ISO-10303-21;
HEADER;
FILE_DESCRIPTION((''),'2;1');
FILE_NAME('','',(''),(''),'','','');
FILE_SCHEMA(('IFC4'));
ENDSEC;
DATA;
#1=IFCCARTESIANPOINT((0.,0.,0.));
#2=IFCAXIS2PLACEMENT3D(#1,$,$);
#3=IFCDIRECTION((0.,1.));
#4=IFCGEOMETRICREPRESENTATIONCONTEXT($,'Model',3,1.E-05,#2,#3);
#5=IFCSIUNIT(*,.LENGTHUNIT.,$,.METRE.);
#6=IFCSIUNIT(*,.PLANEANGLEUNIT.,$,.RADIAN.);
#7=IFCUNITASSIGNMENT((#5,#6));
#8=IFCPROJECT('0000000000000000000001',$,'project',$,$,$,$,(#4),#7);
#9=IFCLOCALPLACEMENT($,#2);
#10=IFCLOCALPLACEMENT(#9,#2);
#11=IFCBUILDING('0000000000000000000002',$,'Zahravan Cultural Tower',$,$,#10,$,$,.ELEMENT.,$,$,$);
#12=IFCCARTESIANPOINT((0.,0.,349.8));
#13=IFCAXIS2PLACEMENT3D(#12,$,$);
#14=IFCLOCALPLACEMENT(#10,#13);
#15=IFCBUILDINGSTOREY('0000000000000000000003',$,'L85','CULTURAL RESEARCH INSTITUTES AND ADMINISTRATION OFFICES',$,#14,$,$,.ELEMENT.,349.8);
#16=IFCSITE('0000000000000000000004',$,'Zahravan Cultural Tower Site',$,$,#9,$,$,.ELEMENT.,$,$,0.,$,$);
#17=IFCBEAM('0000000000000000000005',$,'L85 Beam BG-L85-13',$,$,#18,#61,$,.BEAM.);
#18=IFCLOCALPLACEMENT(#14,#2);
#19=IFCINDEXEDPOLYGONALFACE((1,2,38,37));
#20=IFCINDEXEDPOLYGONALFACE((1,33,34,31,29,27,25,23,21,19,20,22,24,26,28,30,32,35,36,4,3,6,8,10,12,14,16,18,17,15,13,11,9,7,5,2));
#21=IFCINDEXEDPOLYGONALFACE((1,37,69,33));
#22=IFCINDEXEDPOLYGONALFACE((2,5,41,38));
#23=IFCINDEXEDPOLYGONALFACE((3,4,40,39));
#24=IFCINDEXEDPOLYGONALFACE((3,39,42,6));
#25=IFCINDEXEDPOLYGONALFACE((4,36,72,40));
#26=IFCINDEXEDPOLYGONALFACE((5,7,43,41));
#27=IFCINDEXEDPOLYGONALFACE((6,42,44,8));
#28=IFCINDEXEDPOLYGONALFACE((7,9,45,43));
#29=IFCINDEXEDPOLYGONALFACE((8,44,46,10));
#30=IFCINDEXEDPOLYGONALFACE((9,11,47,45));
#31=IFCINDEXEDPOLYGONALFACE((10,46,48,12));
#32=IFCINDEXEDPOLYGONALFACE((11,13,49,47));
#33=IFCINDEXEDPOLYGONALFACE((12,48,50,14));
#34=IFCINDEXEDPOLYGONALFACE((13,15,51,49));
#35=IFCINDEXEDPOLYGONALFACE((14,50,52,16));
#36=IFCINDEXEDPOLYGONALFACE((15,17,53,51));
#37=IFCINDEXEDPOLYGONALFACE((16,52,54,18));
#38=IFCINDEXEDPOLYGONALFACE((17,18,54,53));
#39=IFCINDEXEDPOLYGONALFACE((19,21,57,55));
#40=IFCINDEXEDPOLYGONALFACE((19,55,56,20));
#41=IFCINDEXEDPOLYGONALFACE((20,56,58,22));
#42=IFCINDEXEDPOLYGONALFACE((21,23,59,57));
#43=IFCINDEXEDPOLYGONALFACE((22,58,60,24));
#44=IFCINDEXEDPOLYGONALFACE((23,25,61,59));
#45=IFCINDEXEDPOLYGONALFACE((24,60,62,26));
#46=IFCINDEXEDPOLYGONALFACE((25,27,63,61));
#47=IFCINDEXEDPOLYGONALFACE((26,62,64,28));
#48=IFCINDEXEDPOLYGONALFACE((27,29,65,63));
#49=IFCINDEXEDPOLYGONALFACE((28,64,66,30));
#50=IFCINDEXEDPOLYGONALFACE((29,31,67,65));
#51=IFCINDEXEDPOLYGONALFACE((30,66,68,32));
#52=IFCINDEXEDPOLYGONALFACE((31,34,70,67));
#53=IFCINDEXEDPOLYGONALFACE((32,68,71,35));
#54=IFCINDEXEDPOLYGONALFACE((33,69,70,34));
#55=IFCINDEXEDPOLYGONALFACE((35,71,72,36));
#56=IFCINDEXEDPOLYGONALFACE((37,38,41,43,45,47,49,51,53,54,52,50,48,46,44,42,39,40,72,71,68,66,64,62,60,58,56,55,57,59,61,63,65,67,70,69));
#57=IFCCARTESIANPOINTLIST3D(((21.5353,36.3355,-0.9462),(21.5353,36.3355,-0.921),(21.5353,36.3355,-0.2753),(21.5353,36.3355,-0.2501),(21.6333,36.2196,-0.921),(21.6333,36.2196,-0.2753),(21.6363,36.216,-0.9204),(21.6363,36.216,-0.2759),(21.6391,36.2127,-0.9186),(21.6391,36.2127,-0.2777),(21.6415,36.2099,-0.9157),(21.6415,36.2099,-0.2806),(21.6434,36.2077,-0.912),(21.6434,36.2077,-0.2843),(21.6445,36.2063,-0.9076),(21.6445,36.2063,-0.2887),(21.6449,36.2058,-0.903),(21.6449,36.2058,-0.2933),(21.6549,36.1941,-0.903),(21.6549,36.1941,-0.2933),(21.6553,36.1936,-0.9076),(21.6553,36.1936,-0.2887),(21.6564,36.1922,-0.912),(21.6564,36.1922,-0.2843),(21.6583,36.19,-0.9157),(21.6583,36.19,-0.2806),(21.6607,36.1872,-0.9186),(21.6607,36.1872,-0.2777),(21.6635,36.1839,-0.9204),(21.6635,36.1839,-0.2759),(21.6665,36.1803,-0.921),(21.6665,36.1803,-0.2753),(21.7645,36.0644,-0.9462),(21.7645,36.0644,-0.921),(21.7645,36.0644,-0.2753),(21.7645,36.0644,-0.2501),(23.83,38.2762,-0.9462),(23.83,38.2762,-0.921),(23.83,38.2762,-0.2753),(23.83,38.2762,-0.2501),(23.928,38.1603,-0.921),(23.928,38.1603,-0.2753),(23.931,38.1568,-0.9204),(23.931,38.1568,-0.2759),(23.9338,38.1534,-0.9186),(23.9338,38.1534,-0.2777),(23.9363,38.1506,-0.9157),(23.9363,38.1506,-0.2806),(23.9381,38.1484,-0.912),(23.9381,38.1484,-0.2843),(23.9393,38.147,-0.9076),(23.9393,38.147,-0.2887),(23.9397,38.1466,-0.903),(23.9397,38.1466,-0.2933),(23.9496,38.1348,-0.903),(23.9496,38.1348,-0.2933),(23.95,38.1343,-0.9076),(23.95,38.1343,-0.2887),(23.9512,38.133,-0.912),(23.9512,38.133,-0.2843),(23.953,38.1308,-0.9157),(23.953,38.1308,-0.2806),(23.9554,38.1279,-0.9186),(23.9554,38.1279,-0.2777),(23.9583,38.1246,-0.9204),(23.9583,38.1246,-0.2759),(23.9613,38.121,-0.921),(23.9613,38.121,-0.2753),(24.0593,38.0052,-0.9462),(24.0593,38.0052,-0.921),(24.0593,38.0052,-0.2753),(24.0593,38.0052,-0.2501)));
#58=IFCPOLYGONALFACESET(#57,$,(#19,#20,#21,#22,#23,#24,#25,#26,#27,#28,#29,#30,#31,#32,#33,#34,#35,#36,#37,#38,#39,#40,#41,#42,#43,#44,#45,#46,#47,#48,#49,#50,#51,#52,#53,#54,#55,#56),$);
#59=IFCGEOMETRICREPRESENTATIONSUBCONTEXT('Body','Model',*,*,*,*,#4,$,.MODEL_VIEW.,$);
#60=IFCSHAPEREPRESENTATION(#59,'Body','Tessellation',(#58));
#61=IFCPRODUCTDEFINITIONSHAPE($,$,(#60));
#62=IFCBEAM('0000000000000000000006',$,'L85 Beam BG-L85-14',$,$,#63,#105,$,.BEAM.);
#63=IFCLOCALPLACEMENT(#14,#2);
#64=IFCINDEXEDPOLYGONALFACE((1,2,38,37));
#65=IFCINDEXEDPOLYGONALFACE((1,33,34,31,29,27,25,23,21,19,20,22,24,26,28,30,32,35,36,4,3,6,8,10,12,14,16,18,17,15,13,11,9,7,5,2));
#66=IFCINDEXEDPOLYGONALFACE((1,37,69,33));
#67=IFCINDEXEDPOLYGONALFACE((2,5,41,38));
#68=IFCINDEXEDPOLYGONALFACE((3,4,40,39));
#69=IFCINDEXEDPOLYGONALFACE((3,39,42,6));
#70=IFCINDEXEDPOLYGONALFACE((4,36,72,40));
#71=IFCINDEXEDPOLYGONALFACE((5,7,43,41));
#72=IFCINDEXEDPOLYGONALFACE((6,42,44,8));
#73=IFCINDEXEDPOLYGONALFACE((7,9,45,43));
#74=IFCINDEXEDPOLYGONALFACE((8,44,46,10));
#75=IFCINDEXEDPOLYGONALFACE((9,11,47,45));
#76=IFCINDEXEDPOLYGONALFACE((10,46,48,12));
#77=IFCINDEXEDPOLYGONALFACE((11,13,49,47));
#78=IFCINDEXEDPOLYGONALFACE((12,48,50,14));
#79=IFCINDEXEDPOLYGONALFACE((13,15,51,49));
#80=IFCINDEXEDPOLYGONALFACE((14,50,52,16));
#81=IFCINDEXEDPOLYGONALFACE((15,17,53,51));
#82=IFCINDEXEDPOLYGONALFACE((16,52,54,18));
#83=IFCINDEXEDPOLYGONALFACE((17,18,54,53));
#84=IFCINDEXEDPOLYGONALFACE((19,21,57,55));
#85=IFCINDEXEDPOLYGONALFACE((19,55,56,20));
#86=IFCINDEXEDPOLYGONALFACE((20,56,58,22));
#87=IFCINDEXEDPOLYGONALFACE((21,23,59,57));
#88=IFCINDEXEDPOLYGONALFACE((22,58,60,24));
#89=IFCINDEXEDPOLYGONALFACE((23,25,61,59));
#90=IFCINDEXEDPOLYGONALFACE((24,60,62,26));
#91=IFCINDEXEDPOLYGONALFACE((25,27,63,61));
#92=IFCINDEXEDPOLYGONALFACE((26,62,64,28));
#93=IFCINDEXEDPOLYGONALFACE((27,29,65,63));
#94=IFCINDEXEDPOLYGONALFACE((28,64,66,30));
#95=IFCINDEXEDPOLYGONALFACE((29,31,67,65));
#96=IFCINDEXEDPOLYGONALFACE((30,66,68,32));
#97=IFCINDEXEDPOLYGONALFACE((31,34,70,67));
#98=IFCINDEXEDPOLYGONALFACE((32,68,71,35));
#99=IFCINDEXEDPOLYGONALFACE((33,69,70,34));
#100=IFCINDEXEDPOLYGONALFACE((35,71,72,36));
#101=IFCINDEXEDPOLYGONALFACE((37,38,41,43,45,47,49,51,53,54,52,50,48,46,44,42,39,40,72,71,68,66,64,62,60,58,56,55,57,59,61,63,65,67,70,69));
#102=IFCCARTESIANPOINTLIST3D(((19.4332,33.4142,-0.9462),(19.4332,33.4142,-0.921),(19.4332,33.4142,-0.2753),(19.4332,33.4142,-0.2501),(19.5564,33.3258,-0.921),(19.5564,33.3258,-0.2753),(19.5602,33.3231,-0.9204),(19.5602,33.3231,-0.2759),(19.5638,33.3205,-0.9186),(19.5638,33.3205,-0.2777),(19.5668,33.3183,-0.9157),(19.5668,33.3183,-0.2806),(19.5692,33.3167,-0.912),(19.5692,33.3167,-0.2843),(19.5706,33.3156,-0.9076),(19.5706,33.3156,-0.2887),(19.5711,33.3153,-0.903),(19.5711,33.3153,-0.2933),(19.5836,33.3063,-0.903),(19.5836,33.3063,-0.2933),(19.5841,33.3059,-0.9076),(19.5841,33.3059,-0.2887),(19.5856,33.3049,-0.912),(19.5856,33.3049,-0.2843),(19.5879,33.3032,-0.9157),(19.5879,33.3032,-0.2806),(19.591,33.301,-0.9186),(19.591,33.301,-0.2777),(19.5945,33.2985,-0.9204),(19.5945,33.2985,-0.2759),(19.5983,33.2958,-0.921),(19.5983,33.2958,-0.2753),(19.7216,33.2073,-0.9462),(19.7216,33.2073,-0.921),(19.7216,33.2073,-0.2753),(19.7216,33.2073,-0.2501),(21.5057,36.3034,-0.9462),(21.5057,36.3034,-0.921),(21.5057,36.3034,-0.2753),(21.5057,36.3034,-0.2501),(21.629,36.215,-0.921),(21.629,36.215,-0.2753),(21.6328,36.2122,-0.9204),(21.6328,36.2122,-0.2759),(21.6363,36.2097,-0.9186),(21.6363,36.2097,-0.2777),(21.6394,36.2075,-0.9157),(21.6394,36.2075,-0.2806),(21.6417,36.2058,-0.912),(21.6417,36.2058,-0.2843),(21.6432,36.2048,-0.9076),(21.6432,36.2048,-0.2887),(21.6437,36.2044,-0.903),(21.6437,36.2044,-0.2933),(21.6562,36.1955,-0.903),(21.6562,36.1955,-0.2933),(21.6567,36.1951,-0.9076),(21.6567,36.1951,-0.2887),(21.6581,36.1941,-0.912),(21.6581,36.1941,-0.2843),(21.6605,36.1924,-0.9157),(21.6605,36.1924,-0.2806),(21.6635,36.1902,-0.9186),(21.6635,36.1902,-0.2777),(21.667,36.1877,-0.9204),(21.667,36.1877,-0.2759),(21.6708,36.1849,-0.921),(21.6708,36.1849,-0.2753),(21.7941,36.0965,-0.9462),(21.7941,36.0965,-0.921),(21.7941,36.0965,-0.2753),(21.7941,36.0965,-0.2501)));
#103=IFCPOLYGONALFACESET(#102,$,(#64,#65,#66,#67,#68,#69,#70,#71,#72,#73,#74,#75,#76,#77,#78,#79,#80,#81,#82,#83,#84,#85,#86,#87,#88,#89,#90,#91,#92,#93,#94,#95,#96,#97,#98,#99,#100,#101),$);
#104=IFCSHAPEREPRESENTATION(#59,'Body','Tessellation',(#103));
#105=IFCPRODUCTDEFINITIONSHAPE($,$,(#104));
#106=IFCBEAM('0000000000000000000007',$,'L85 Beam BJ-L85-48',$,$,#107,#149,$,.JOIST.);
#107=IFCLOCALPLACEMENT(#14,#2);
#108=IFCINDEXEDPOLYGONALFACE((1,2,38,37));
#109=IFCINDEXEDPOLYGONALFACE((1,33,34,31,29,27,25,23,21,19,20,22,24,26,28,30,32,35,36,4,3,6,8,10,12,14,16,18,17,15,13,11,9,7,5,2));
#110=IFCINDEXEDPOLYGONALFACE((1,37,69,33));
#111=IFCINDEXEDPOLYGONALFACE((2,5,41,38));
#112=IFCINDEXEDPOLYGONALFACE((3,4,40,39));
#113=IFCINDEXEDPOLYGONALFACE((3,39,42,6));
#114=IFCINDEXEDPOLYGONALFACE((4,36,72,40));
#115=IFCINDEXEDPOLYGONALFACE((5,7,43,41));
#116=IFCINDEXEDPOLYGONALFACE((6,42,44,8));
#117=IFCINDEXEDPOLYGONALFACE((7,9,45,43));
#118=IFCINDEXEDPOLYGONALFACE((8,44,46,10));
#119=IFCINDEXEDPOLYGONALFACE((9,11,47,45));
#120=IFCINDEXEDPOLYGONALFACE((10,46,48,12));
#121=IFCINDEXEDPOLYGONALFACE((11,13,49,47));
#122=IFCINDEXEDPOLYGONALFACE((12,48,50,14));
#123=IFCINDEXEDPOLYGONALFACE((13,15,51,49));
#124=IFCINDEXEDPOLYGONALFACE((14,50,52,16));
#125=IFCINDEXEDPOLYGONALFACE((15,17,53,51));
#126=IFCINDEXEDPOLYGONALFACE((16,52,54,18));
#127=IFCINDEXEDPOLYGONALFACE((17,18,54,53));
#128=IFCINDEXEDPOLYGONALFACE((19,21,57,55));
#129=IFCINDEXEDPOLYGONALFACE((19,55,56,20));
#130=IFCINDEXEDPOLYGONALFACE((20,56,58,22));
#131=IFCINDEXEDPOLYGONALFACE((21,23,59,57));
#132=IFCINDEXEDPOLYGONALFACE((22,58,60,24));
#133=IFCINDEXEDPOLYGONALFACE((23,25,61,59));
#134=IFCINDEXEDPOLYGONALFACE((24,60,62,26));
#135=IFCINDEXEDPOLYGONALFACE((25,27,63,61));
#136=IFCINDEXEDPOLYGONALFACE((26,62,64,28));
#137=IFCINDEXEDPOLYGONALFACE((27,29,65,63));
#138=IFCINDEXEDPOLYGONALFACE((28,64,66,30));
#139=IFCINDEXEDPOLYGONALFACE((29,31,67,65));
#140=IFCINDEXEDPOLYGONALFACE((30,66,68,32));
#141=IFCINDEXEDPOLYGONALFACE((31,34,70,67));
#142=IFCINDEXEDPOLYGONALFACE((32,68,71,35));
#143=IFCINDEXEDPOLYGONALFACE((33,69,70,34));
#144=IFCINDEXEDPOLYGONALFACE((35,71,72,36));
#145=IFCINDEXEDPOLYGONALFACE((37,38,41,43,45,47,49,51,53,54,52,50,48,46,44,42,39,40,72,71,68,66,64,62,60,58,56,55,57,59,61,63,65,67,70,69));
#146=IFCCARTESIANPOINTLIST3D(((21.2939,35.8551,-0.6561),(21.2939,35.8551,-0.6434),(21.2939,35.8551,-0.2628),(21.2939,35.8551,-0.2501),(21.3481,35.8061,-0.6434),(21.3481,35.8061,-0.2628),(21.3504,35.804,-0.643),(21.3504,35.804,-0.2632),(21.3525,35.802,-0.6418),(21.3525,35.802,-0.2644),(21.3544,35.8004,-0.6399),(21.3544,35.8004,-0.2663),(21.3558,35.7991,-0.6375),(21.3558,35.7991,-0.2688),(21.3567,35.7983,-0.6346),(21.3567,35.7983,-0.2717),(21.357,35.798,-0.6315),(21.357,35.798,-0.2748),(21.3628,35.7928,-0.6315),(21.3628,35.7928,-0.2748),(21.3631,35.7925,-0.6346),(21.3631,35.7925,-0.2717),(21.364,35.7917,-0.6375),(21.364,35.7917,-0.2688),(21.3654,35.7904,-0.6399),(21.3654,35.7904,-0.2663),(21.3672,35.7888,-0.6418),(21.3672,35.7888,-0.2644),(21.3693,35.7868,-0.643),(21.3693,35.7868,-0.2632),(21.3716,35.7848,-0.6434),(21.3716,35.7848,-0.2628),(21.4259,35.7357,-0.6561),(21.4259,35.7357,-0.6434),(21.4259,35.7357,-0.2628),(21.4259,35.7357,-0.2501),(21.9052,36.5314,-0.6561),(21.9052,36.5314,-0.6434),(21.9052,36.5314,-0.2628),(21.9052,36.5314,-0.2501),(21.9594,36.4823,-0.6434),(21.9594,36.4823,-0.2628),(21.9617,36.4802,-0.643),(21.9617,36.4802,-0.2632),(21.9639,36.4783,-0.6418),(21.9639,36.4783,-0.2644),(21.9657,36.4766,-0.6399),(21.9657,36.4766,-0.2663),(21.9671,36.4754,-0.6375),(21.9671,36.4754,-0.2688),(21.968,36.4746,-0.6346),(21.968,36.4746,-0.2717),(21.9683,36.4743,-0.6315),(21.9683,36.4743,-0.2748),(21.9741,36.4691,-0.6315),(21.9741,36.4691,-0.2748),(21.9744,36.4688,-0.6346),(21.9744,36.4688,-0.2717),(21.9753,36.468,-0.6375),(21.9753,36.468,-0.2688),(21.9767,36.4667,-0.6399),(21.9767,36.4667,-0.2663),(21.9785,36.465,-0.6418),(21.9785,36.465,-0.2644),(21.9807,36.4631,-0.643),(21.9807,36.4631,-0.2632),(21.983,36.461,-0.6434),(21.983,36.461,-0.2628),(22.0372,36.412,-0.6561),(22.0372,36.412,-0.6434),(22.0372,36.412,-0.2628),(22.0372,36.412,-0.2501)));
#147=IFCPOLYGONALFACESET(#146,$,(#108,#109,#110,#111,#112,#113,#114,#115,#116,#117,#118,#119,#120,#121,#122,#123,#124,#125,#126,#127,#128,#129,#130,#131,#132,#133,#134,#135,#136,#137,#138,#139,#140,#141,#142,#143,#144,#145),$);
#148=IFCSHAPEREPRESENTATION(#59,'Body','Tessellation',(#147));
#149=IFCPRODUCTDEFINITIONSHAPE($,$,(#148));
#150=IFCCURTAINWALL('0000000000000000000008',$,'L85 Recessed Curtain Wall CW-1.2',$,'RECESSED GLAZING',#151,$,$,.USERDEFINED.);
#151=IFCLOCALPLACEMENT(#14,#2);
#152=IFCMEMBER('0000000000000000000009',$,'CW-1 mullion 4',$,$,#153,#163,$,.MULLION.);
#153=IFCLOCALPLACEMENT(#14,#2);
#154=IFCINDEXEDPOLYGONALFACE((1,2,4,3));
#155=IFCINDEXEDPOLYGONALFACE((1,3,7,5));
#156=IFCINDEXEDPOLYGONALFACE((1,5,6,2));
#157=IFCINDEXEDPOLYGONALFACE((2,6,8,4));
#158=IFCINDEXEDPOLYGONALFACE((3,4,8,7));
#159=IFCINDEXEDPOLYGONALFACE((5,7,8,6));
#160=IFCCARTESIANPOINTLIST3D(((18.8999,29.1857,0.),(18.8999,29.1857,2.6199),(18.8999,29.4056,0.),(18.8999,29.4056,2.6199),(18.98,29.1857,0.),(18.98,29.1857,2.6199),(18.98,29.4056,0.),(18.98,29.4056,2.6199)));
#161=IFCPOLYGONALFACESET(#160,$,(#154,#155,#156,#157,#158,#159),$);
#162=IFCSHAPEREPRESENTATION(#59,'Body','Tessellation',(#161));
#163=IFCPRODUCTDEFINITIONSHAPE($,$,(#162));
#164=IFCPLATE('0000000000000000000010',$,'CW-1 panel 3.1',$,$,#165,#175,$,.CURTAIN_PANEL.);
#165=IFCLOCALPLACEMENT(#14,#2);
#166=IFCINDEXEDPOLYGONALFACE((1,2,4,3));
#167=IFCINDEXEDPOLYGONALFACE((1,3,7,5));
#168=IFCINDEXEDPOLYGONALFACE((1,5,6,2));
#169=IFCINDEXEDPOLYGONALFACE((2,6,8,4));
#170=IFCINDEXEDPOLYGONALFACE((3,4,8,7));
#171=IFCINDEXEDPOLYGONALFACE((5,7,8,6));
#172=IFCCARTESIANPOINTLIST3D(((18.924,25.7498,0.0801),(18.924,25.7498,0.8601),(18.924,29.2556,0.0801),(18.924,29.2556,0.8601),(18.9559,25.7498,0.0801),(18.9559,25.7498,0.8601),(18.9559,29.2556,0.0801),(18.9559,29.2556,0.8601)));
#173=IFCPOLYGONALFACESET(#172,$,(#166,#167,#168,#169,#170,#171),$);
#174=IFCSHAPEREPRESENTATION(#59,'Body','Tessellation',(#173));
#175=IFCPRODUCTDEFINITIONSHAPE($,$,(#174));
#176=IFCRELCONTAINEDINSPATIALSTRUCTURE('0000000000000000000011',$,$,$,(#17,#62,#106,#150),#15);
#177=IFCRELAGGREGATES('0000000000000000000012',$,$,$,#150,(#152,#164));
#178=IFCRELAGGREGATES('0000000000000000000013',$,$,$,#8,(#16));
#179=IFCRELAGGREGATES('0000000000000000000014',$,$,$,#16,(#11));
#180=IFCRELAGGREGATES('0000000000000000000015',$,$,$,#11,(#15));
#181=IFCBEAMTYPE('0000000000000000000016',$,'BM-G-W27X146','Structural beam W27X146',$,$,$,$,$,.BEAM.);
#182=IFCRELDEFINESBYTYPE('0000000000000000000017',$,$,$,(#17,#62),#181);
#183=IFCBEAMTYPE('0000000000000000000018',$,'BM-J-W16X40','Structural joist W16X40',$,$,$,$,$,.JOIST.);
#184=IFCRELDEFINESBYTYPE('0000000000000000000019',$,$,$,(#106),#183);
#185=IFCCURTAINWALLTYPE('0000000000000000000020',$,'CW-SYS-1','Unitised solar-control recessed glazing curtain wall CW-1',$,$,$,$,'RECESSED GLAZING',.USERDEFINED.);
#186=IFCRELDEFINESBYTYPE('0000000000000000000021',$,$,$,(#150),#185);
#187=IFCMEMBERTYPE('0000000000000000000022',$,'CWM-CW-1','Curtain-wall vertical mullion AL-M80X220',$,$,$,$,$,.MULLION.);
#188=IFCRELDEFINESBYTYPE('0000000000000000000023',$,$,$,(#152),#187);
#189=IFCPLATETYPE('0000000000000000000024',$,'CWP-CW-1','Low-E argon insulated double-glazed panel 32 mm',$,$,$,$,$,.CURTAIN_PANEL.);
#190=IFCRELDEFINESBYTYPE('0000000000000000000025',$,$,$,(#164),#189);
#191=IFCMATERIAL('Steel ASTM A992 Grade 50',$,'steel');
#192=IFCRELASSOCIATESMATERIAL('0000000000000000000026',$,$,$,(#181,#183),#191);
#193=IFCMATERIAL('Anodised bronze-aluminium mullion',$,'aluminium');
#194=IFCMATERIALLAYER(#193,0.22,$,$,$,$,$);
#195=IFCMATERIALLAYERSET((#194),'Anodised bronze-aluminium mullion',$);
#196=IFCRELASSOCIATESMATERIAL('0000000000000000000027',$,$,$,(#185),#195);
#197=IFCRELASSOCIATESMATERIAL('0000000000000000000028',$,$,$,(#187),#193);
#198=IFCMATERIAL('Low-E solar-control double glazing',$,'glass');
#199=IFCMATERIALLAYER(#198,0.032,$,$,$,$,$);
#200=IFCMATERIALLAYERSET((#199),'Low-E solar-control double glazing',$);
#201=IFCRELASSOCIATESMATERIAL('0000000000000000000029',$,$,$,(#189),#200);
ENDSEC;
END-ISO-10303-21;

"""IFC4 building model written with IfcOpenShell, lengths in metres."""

from ifc_helpers import new_model, si_unit, direction, frame, origin, origin_2d, place, context, subcontext, project, spatial, rectangle, i_section, extrude, source, transform, mapped, material, layer, layer_set, material_profile, profile_set, type_object, element, aggregate, save


model = new_model("IFC4")

# Units and contexts
model_context = context("Model", 3, precision=1e-05, world=origin(), true_north=direction((0.0, 1.0)))
body_context = subcontext(model_context, "Body", "Model", "MODEL_VIEW")
ifc_project = project(units=[si_unit("LENGTHUNIT", "METRE"), si_unit("PLANEANGLEUNIT", "RADIAN")], contexts=[model_context])

# Site, building, storey
site_placement = place(None, origin())
site = spatial("IfcSite", under=ifc_project, at=site_placement, Name="Zahravan Cultural Tower Site", CompositionType="ELEMENT", RefElevation=0.0)
building_placement = place(site_placement, origin())
building = spatial("IfcBuilding", under=site, at=building_placement, Name="Zahravan Cultural Tower", CompositionType="ELEMENT")
storey_placement = place(building_placement, frame((0.0, 0.0, 349.8)))
storey = spatial("IfcBuildingStorey", under=building, at=storey_placement, Name="L85", Description="CULTURAL RESEARCH INSTITUTES AND ADMINISTRATION OFFICES", CompositionType="ELEMENT", Elevation=349.8)

# Shared definitions
ifc_material_1 = material(Name="Steel ASTM A992 Grade 50", Category="steel")

# Beams
ifc_material_profile_1 = material_profile(ifc_material_1, i_section(OverallWidth=0.355, OverallDepth=0.696, WebThickness=0.0154, FlangeThickness=0.0251, FilletRadius=0.0181, at=origin_2d()), Name="W27X146")
ifc_profile_set_1 = profile_set([ifc_material_profile_1], Name="Steel ASTM A992 Grade 50")
beam_type_1 = type_object("IfcBeamType", Name="BM-G-W27X146", Description="Structural beam W27X146", PredefinedType="BEAM", material=ifc_profile_set_1)
shared_shape_1 = source(origin(), body_context, "Body", "SweptSolid", [
    extrude(i_section(OverallWidth=0.355, OverallDepth=0.696, WebThickness=0.0154, FlangeThickness=0.0251, FilletRadius=0.0181, at=origin_2d()), origin(), (0.0, 0.0, 1.0), 3.0054),
])
beam_1_placement = place(storey_placement, frame((21.6499, 36.2, -0.5981), z_axis=(0.763546, 0.645753, 0.0), x_axis=(-0.645753, 0.763546, 0.0)))
element("IfcBeam", 1, at=beam_1_placement, inside=storey, type_object=beam_type_1, Name="L85 Beam BG-L85-13", PredefinedType="BEAM", context=body_context, shape_type="MappedRepresentation", body=[
    mapped(shared_shape_1, transform((0.0, 0.0, 0.0), x_axis=(1.0, 0.0, 0.0), y_axis=(0.0, 1.0, 0.0), z_axis=(0.0, 0.0, 1.0), scale=1.0)),
])
shared_shape_2 = source(origin(), body_context, "Body", "SweptSolid", [
    extrude(i_section(OverallWidth=0.355, OverallDepth=0.696, WebThickness=0.0154, FlangeThickness=0.0251, FilletRadius=0.0181, at=origin_2d()), origin(), (0.0, 0.0, 1.0), 3.5557),
])
beam_2_placement = place(storey_placement, frame((21.6499, 36.2, -0.5981), z_axis=(-0.58288, -0.812558, 0.0), x_axis=(0.812558, -0.58288, 0.0)))
element("IfcBeam", 2, at=beam_2_placement, inside=storey, type_object=beam_type_1, Name="L85 Beam BG-L85-14", PredefinedType="BEAM", context=body_context, shape_type="MappedRepresentation", body=[
    mapped(shared_shape_2, transform((0.0, 0.0, 0.0), x_axis=(1.0, 0.0, 0.0), y_axis=(0.0, 1.0, 0.0), z_axis=(0.0, 0.0, 1.0), scale=1.0)),
])
ifc_material_profile_2 = material_profile(ifc_material_1, i_section(OverallWidth=0.178, OverallDepth=0.406, WebThickness=0.0078, FlangeThickness=0.0127, FilletRadius=0.012, at=origin_2d()), Name="W16X40")
ifc_profile_set_2 = profile_set([ifc_material_profile_2], Name="Steel ASTM A992 Grade 50")
beam_type_2 = type_object("IfcBeamType", Name="BM-J-W16X40", Description="Structural joist W16X40", PredefinedType="JOIST", material=ifc_profile_set_2)
shared_shape_3 = source(origin(), body_context, "Body", "SweptSolid", [
    extrude(i_section(OverallWidth=0.178, OverallDepth=0.406, WebThickness=0.0078, FlangeThickness=0.0127, FilletRadius=0.012, at=origin_2d()), origin(), (0.0, 0.0, 1.0), 0.9116),
])
beam_3_placement = place(storey_placement, frame((21.9712, 36.4717, -0.4531), z_axis=(-0.670591, -0.741828, 0.0), x_axis=(0.741828, -0.670591, 0.0)))
element("IfcBeam", 3, at=beam_3_placement, inside=storey, type_object=beam_type_2, Name="L85 Beam BJ-L85-48", PredefinedType="JOIST", context=body_context, shape_type="MappedRepresentation", body=[
    mapped(shared_shape_3, transform((0.0, 0.0, 0.0), x_axis=(1.0, 0.0, 0.0), y_axis=(0.0, 1.0, 0.0), z_axis=(0.0, 0.0, 1.0), scale=1.0)),
])

# Curtain wall, member, plate
ifc_material_2 = material(Name="Anodised bronze-aluminium mullion", Category="aluminium")
ifc_layer_1 = layer(ifc_material_2, 0.22)
ifc_layer_set_1 = layer_set([ifc_layer_1], Name="Anodised bronze-aluminium mullion")
curtain_wall_type = type_object("IfcCurtainWallType", Name="CW-SYS-1", Description="Unitised solar-control recessed glazing curtain wall CW-1", ElementType="RECESSED GLAZING", PredefinedType="USERDEFINED", material=ifc_layer_set_1)
curtain_wall_placement = place(storey_placement, origin())
curtain_wall = element("IfcCurtainWall", 4, at=curtain_wall_placement, inside=storey, type_object=curtain_wall_type, Name="L85 Recessed Curtain Wall CW-1.2", ObjectType="RECESSED GLAZING", PredefinedType="USERDEFINED")
ifc_material_profile_3 = material_profile(ifc_material_2, rectangle(XDim=0.0801, YDim=0.22, at=origin_2d()), Name="AL-M80X220")
ifc_profile_set_3 = profile_set([ifc_material_profile_3], Name="Anodised bronze-aluminium mullion")
member_type = type_object("IfcMemberType", Name="CWM-CW-1", Description="Curtain-wall vertical mullion AL-M80X220", PredefinedType="MULLION", material=ifc_profile_set_3)
shared_shape_4 = source(origin(), body_context, "Body", "SweptSolid", [
    extrude(rectangle(XDim=0.0801, YDim=0.22, at=origin_2d()), origin(), (0.0, 0.0, 1.0), 2.6199),
])
member_placement = place(storey_placement, frame((18.9399, 29.2957, 0.0), z_axis=(0.0, 0.0, 1.0), x_axis=(-1.0, 0.0, 0.0)))
member = element("IfcMember", 5, at=member_placement, type_object=member_type, Name="CW-1 mullion 4", PredefinedType="MULLION", context=body_context, shape_type="MappedRepresentation", body=[
    mapped(shared_shape_4, transform((0.0, 0.0, 0.0), x_axis=(1.0, 0.0, 0.0), y_axis=(0.0, 1.0, 0.0), z_axis=(0.0, 0.0, 1.0), scale=1.0)),
])
ifc_material_3 = material(Name="Low-E solar-control double glazing", Category="glass")
ifc_layer_2 = layer(ifc_material_3, 0.032)
ifc_layer_set_2 = layer_set([ifc_layer_2], Name="Low-E solar-control double glazing")
plate_type = type_object("IfcPlateType", Name="CWP-CW-1", Description="Low-E argon insulated double-glazed panel 32 mm", PredefinedType="CURTAIN_PANEL", material=ifc_layer_set_2)
shared_shape_5 = source(origin(), body_context, "Body", "SweptSolid", [
    extrude(rectangle(XDim=3.5059, YDim=0.032, at=origin_2d()), origin(), (0.0, 0.0, 1.0), 0.78),
])
plate_1_placement = place(storey_placement, frame((18.9399, 27.5027, 0.0801), z_axis=(0.0, 0.0, 1.0), x_axis=(0.0, 1.0, 0.0)))
plate_1 = element("IfcPlate", 6, at=plate_1_placement, type_object=plate_type, Name="CW-1 panel 3.1", PredefinedType="CURTAIN_PANEL", context=body_context, shape_type="MappedRepresentation", body=[
    mapped(shared_shape_5, transform((0.0, 0.0, 0.0), x_axis=(1.0, 0.0, 0.0), y_axis=(0.0, 1.0, 0.0), z_axis=(0.0, 0.0, 1.0), scale=1.0)),
])
aggregate(curtain_wall, [member, plate_1])

save(model, "model.ifc")
